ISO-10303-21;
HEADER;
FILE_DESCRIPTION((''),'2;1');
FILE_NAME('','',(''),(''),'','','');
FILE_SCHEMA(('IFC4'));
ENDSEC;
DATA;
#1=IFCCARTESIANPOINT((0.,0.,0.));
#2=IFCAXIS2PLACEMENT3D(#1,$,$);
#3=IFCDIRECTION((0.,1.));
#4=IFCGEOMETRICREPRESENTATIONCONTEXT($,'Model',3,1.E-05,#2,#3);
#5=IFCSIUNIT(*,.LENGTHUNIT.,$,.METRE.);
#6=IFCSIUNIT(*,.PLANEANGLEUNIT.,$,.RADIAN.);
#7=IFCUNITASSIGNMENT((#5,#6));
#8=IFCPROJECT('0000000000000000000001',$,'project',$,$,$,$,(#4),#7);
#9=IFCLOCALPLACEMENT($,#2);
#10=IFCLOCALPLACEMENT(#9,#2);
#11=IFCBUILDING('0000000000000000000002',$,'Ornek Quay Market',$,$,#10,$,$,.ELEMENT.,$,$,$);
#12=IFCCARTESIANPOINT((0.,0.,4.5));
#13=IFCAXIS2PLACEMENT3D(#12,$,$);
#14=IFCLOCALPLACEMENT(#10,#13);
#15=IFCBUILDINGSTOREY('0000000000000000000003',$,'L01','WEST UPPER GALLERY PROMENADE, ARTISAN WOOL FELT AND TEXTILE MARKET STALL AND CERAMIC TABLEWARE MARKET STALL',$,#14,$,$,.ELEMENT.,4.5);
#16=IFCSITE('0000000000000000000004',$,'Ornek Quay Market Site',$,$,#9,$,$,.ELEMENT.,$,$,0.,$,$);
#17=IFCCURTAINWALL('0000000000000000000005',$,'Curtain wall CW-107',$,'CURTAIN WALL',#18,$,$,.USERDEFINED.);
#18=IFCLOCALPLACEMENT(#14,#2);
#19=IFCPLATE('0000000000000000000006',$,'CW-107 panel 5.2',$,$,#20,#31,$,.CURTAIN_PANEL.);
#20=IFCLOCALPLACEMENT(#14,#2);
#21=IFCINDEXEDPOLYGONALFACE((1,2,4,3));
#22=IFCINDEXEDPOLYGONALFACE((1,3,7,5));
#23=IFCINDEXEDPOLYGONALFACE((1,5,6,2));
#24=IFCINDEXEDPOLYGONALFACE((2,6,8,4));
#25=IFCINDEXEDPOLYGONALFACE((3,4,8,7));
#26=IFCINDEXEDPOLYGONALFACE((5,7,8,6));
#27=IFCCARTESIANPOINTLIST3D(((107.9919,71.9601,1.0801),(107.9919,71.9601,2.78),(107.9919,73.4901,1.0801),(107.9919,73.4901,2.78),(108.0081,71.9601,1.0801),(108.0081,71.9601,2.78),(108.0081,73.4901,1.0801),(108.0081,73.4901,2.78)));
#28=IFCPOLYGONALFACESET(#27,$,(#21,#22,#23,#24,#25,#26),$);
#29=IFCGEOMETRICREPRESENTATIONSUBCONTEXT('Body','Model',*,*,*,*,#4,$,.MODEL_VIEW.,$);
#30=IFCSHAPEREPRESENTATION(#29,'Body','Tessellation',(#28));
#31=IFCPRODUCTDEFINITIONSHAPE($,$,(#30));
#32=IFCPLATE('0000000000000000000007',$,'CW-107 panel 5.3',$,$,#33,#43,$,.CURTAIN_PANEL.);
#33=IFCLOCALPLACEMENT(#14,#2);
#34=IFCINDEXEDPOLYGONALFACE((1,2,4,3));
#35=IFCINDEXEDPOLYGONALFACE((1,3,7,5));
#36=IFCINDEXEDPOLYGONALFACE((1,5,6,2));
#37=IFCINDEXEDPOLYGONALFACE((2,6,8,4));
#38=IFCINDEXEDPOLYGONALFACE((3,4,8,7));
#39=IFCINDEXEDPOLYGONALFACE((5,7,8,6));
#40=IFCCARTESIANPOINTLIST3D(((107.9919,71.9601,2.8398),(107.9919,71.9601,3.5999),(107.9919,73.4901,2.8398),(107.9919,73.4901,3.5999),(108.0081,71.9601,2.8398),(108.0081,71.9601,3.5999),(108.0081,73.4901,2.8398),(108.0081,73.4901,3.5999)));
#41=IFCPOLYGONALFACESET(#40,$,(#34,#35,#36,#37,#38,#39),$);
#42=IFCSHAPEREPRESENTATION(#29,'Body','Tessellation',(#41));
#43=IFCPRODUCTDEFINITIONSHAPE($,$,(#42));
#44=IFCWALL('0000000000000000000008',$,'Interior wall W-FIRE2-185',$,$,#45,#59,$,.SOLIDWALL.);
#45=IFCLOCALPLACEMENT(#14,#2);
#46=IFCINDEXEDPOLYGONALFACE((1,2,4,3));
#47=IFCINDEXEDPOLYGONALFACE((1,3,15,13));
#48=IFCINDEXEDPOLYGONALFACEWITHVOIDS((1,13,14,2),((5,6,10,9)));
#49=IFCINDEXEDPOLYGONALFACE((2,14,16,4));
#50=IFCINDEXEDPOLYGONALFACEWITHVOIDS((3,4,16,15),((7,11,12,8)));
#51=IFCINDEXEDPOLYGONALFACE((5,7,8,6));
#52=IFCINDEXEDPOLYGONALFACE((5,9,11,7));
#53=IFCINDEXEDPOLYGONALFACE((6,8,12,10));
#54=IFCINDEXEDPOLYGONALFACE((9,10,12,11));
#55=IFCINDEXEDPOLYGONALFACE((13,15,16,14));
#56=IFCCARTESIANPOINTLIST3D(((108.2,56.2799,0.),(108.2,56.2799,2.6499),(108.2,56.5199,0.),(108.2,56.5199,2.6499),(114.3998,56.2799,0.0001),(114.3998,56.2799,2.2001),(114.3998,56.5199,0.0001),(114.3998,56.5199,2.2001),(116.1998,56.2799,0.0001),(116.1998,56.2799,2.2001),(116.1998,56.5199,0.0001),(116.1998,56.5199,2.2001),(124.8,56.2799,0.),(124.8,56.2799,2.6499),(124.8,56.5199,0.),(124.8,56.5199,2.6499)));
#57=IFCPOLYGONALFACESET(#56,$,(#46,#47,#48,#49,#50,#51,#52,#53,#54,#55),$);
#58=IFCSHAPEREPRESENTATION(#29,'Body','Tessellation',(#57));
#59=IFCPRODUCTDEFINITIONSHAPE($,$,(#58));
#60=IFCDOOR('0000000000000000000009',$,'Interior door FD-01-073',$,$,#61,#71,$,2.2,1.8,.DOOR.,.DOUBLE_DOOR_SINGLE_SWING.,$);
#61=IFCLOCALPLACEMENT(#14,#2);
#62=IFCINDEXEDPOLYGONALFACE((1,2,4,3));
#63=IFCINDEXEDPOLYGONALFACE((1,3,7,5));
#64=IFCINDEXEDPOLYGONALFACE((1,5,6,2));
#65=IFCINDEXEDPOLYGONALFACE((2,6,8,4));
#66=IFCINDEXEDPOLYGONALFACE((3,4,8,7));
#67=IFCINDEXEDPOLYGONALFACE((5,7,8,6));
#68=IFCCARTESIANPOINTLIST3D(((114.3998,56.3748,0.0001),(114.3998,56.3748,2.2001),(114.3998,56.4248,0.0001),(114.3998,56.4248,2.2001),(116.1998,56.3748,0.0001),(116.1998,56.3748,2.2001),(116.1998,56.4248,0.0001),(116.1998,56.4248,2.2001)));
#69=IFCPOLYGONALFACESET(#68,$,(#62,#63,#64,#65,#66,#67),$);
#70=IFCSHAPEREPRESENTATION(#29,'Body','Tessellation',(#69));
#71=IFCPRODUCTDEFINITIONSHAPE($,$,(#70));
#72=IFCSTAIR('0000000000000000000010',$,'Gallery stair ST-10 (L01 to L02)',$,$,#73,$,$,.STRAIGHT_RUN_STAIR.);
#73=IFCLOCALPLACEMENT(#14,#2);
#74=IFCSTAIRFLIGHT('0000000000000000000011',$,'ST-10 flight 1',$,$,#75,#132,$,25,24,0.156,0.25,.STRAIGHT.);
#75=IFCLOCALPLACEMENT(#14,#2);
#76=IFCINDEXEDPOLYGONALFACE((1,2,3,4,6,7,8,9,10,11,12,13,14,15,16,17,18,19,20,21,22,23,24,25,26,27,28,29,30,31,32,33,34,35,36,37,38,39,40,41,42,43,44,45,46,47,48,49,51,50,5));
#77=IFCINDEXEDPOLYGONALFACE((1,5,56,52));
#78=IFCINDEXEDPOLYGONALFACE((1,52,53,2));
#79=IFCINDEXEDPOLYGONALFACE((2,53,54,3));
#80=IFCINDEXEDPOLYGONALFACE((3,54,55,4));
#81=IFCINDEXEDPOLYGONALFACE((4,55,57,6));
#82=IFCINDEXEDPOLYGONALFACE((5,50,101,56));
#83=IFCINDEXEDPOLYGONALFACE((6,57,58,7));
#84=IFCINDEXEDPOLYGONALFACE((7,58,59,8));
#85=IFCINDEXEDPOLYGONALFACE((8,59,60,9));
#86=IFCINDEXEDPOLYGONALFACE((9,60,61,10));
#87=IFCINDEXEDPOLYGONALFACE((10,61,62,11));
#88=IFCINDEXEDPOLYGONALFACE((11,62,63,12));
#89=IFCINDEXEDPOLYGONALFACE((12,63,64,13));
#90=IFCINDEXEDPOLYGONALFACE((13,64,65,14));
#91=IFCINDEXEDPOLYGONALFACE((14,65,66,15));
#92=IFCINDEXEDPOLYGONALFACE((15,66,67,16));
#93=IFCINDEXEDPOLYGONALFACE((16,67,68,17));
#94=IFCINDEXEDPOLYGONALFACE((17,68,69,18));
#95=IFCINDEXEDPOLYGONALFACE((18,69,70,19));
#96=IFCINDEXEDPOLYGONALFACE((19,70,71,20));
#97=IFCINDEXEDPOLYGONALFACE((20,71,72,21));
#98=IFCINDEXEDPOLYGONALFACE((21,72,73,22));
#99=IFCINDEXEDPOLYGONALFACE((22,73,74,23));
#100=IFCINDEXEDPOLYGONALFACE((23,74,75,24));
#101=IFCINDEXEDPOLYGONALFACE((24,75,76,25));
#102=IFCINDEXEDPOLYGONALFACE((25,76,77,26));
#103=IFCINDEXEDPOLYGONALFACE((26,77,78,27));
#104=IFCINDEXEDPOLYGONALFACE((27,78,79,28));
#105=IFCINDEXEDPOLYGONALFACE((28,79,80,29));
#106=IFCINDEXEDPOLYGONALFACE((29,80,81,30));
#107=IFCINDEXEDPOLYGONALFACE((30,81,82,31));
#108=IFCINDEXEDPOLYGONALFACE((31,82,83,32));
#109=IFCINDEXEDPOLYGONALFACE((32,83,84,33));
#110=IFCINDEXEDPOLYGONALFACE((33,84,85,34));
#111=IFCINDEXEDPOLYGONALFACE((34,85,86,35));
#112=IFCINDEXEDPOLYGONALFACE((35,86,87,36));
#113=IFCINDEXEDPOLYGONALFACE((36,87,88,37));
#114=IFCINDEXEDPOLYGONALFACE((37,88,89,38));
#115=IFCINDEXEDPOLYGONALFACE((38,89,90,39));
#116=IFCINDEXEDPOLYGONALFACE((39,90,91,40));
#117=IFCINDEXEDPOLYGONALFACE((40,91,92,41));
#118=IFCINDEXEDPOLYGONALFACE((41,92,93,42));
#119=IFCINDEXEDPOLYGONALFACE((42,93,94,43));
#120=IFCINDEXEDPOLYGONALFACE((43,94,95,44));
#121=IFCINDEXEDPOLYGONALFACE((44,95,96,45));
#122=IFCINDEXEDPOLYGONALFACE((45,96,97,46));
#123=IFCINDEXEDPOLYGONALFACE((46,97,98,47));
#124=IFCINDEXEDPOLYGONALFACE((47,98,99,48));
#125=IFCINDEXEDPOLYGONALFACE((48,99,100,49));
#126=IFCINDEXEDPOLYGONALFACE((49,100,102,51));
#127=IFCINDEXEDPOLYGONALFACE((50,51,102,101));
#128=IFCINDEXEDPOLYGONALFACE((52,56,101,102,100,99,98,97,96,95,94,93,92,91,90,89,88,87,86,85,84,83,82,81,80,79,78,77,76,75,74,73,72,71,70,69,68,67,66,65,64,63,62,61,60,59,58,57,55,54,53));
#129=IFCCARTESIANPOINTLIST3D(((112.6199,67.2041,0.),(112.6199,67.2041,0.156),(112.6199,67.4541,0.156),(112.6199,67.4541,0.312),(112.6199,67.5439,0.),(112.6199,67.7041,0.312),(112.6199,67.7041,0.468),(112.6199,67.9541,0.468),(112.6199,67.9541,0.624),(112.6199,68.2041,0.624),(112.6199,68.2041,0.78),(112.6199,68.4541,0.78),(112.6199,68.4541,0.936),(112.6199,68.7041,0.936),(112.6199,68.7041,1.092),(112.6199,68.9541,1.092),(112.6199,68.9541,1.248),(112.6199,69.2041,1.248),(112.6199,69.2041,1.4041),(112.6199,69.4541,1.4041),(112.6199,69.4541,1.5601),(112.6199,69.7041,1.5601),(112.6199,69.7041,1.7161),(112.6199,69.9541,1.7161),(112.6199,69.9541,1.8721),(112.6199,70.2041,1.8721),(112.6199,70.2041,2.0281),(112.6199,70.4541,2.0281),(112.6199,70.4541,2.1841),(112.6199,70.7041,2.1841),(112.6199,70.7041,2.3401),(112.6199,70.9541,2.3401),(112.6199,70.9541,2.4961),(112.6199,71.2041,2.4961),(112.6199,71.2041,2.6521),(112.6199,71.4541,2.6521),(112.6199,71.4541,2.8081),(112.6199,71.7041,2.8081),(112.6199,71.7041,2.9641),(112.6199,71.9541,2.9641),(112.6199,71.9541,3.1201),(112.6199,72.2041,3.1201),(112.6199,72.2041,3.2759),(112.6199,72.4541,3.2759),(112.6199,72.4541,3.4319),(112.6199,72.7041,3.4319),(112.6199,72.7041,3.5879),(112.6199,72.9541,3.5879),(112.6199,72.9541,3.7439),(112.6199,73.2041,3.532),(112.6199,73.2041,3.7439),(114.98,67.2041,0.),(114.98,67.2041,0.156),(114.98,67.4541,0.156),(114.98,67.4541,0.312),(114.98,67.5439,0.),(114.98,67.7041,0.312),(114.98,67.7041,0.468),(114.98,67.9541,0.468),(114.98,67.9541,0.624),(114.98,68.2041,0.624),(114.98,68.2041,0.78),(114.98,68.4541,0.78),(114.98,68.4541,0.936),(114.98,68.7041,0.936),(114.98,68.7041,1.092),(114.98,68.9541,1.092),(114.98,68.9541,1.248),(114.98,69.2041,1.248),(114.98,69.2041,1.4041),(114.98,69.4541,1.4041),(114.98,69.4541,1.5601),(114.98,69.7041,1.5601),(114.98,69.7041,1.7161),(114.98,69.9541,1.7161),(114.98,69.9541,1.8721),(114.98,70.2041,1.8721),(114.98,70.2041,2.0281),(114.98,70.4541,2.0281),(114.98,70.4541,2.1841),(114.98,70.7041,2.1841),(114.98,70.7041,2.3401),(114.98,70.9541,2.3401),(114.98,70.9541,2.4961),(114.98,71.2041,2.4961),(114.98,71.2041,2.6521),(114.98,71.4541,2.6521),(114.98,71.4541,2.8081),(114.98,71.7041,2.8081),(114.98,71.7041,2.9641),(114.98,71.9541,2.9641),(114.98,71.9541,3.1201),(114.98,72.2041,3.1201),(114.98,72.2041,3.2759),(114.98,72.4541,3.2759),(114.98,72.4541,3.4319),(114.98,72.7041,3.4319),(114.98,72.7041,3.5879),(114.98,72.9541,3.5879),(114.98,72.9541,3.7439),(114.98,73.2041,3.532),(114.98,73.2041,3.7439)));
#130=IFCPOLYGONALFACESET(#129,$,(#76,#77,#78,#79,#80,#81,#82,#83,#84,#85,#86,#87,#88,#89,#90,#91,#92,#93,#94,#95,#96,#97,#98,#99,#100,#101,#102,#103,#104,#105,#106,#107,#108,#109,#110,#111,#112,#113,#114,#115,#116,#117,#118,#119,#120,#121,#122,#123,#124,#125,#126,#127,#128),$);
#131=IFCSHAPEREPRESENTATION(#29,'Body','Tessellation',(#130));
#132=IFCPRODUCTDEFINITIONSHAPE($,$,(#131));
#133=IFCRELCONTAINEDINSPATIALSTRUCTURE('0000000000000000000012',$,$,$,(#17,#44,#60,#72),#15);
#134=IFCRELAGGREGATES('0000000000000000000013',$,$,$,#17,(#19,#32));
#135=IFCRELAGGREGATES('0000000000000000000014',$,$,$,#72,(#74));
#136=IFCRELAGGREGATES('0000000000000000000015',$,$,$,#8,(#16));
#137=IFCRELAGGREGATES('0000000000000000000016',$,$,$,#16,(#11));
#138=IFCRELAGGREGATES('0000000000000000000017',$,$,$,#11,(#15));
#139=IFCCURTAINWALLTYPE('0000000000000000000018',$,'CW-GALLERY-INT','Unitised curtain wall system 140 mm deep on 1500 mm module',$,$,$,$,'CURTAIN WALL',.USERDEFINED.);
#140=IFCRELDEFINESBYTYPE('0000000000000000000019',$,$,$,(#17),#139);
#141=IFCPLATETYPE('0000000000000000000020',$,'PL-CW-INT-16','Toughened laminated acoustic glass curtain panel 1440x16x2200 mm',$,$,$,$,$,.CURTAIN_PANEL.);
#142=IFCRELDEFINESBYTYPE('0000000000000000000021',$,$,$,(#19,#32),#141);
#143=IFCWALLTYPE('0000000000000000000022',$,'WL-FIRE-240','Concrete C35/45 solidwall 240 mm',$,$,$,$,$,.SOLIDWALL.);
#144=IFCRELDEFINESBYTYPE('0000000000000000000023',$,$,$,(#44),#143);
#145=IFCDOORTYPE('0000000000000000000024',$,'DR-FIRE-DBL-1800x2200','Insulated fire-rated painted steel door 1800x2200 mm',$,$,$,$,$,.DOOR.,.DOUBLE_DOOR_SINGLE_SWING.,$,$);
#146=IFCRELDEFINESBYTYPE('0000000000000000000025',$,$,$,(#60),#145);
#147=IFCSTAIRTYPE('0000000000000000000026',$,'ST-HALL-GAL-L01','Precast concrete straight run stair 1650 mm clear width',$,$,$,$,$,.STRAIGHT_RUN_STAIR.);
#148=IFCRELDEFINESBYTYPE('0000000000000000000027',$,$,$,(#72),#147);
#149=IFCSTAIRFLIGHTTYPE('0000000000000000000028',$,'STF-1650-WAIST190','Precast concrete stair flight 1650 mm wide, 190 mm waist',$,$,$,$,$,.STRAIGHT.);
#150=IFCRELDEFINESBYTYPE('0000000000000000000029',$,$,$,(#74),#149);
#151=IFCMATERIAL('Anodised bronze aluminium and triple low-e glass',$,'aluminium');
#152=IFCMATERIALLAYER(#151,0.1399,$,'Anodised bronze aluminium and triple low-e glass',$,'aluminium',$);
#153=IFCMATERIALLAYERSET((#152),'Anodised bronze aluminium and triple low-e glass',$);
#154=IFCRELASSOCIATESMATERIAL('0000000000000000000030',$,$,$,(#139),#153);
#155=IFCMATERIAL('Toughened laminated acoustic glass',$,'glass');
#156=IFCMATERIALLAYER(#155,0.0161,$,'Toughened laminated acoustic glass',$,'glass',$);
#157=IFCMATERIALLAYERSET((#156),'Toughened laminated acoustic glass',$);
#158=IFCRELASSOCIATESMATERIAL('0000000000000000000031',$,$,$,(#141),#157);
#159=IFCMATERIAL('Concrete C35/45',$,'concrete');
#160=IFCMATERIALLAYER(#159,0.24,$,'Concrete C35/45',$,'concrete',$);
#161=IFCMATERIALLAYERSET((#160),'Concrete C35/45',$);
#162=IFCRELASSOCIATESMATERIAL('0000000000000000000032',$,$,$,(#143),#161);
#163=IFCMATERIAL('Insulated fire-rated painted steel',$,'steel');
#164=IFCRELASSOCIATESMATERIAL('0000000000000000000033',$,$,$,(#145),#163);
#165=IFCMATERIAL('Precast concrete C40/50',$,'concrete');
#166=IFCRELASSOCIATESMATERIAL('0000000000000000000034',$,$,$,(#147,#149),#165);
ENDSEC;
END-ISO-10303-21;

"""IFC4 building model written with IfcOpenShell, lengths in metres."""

from ifc_helpers import new_model, si_unit, direction, frame, frame_2d, origin, origin_2d, place, context, subcontext, project, spatial, polyline, rectangle, outline, extrude, material, layer, layer_set, type_object, element, fill, aggregate, save


model = new_model("IFC4")

# Units and contexts
model_context = context("Model", 3, precision=1e-05, world=origin(), true_north=direction((0.0, 1.0)))
body_context = subcontext(model_context, "Body", "Model", "MODEL_VIEW")
ifc_project = project(units=[si_unit("LENGTHUNIT", "METRE"), si_unit("PLANEANGLEUNIT", "RADIAN")], contexts=[model_context])

# Site, building, storey
site_placement = place(None, origin())
site = spatial("IfcSite", under=ifc_project, at=site_placement, Name="Ornek Quay Market Site", CompositionType="ELEMENT", RefElevation=0.0)
building_placement = place(site_placement, origin())
building = spatial("IfcBuilding", under=site, at=building_placement, Name="Ornek Quay Market", CompositionType="ELEMENT")
storey_placement = place(building_placement, frame((0.0, 0.0, 4.5)))
storey = spatial("IfcBuildingStorey", under=building, at=storey_placement, Name="L01", Description="WEST UPPER GALLERY PROMENADE, ARTISAN WOOL FELT AND TEXTILE MARKET STALL AND CERAMIC TABLEWARE MARKET STALL", CompositionType="ELEMENT", Elevation=4.5)

# Shared definitions
ifc_material_1 = material(Name="Concrete C35/45", Category="concrete")

# Curtain wall, plates
ifc_material_2 = material(Name="Anodised bronze aluminium and triple low-e glass", Category="aluminium")
ifc_layer_1 = layer(ifc_material_2, 0.1399, Name="Anodised bronze aluminium and triple low-e glass", Category="aluminium")
ifc_layer_set_1 = layer_set([ifc_layer_1], Name="Anodised bronze aluminium and triple low-e glass")
curtain_wall_type = type_object("IfcCurtainWallType", Name="CW-GALLERY-INT", Description="Unitised curtain wall system 140 mm deep on 1500 mm module", ElementType="CURTAIN WALL", PredefinedType="USERDEFINED", material=ifc_layer_set_1)
curtain_wall_placement = place(storey_placement, origin())
curtain_wall = element("IfcCurtainWall", 1, at=curtain_wall_placement, inside=storey, type_object=curtain_wall_type, Name="Curtain wall CW-107", ObjectType="CURTAIN WALL", PredefinedType="USERDEFINED")
ifc_material_3 = material(Name="Toughened laminated acoustic glass", Category="glass")
ifc_layer_2 = layer(ifc_material_3, 0.0161, Name="Toughened laminated acoustic glass", Category="glass")
ifc_layer_set_2 = layer_set([ifc_layer_2], Name="Toughened laminated acoustic glass")
plate_type = type_object("IfcPlateType", Name="PL-CW-INT-16", Description="Toughened laminated acoustic glass curtain panel 1440x16x2200 mm", PredefinedType="CURTAIN_PANEL", material=ifc_layer_set_2)
plate_1_placement = place(storey_placement, frame((108.0, 72.7251, 1.0801), z_axis=(0.0, 0.0, 1.0), x_axis=(0.0, 1.0, 0.0)))
plate_1 = element("IfcPlate", 2, at=plate_1_placement, type_object=plate_type, Name="CW-107 panel 5.2", PredefinedType="CURTAIN_PANEL", context=body_context, shape_type="SweptSolid", body=[
    extrude(rectangle(XDim=1.53, YDim=0.0161, at=origin_2d()), origin(), (0.0, 0.0, 1.0), 1.7),
])
plate_2_placement = place(storey_placement, frame((108.0, 72.7251, 2.8398), z_axis=(0.0, 0.0, 1.0), x_axis=(0.0, 1.0, 0.0)))
plate_2 = element("IfcPlate", 3, at=plate_2_placement, type_object=plate_type, Name="CW-107 panel 5.3", PredefinedType="CURTAIN_PANEL", context=body_context, shape_type="SweptSolid", body=[
    extrude(rectangle(XDim=1.53, YDim=0.0161, at=origin_2d()), origin(), (0.0, 0.0, 1.0), 0.76),
])
aggregate(curtain_wall, [plate_1, plate_2])

# Wall, opening, door
ifc_layer_3 = layer(ifc_material_1, 0.24, Name="Concrete C35/45", Category="concrete")
ifc_layer_set_3 = layer_set([ifc_layer_3], Name="Concrete C35/45")
wall_type = type_object("IfcWallType", Name="WL-FIRE-240", Description="Concrete C35/45 solidwall 240 mm", PredefinedType="SOLIDWALL", material=ifc_layer_set_3)
wall_placement = place(storey_placement, frame((108.2, 56.3999, 0.0), z_axis=(0.0, 0.0, 1.0), x_axis=(1.0, 0.0, 0.0)))
wall = element("IfcWall", 4, at=wall_placement, inside=storey, type_object=wall_type, Name="Interior wall W-FIRE2-185", PredefinedType="SOLIDWALL", context=body_context, shape_type="SweptSolid", body=[
    extrude(rectangle(XDim=16.6001, YDim=0.24, at=frame_2d((8.3, 0.0))), origin(), (0.0, 0.0, 1.0), 2.6499),
])
opening_placement = place(wall_placement, frame((6.2, 0.0, 0.0)))
opening = element("IfcOpeningElement", 5, at=opening_placement, cuts=wall, PredefinedType="OPENING", context=body_context, shape_type="SweptSolid", body=[
    extrude(rectangle(XDim=1.8, YDim=2.2, at=frame_2d((0.8999, 1.1001))), frame((0.0, 0.1299, 0.0), z_axis=(0.0, -1.0, 0.0), x_axis=(1.0, 0.0, 0.0)), (0.0, 0.0, 1.0), 0.26),
])
ifc_material_4 = material(Name="Insulated fire-rated painted steel", Category="steel")
door_type = type_object("IfcDoorType", Name="DR-FIRE-DBL-1800x2200", Description="Insulated fire-rated painted steel door 1800x2200 mm", OperationType="DOUBLE_DOOR_SINGLE_SWING", PredefinedType="DOOR", material=ifc_material_4)
door_placement = place(opening_placement, origin())
door = element("IfcDoor", 6, at=door_placement, inside=storey, type_object=door_type, Name="Interior door FD-01-073", OperationType="DOUBLE_DOOR_SINGLE_SWING", OverallHeight=2.2, OverallWidth=1.8, PredefinedType="DOOR", context=body_context, shape_type="SweptSolid", body=[
    extrude(rectangle(XDim=1.8, YDim=2.2, at=frame_2d((0.8999, 1.1001))), frame((0.0, 0.0249, 0.0), z_axis=(0.0, -1.0, 0.0), x_axis=(1.0, 0.0, 0.0)), (0.0, 0.0, 1.0), 0.05),
])
fill(opening, door)

# Stair, stair flight
ifc_material_5 = material(Name="Precast concrete C40/50", Category="concrete")
stair_type = type_object("IfcStairType", Name="ST-HALL-GAL-L01", Description="Precast concrete straight run stair 1650 mm clear width", PredefinedType="STRAIGHT_RUN_STAIR", material=ifc_material_5)
stair_placement = place(storey_placement, origin())
stair = element("IfcStair", 7, at=stair_placement, inside=storey, type_object=stair_type, Name="Gallery stair ST-10 (L01 to L02)", PredefinedType="STRAIGHT_RUN_STAIR")
stair_flight_type = type_object("IfcStairFlightType", Name="STF-1650-WAIST190", Description="Precast concrete stair flight 1650 mm wide, 190 mm waist", PredefinedType="STRAIGHT", material=ifc_material_5)
stair_flight_placement = place(storey_placement, frame((113.8, 67.2041, 0.0), z_axis=(0.0, 0.0, 1.0), x_axis=(0.0, 1.0, 0.0)))
stair_flight = element("IfcStairFlight", 8, at=stair_flight_placement, type_object=stair_flight_type, Name="ST-10 flight 1", NumberOfRisers=25, NumberOfTreads=24, PredefinedType="STRAIGHT", RiserHeight=0.156, TreadLength=0.25, context=body_context, shape_type="SweptSolid", body=[
    extrude(outline(polyline([(0.0, 0.0), (0.0, 0.156), (0.25, 0.156), (0.25, 0.312), (0.5, 0.312), (0.5, 0.468), (0.75, 0.468), (0.75, 0.624), (1.0, 0.624), (1.0, 0.78), (1.25, 0.78), (1.25, 0.936), (1.5, 0.936), (1.5, 1.092), (1.75, 1.092), (1.75, 1.248), (2.0, 1.248), (2.0, 1.4041), (2.25, 1.4041), (2.25, 1.5601), (2.5, 1.5601), (2.5, 1.7161), (2.75, 1.7161), (2.75, 1.8721), (3.0, 1.8721), (3.0, 2.0281), (3.25, 2.0281), (3.25, 2.1841), (3.5, 2.1841), (3.5, 2.3401), (3.75, 2.3401), (3.75, 2.4961), (4.0, 2.4961), (4.0, 2.6521), (4.25, 2.6521), (4.25, 2.8081), (4.5, 2.8081), (4.5, 2.9641), (4.75, 2.9641), (4.75, 3.1201), (5.0, 3.1201), (5.0, 3.2759), (5.25, 3.2759), (5.25, 3.4319), (5.5, 3.4319), (5.5, 3.5879), (5.75, 3.5879), (5.75, 3.7439), (6.0, 3.7439), (6.0, 3.8999), (6.0, 3.532), (0.3398, 0.0), (0.0, 0.0)])), frame((0.0, 1.1802, 0.0), z_axis=(0.0, -1.0, 0.0), x_axis=(1.0, 0.0, 0.0)), (0.0, 0.0, 1.0), 2.3601),
])
aggregate(stair, [stair_flight])

save(model, "model.ifc")
